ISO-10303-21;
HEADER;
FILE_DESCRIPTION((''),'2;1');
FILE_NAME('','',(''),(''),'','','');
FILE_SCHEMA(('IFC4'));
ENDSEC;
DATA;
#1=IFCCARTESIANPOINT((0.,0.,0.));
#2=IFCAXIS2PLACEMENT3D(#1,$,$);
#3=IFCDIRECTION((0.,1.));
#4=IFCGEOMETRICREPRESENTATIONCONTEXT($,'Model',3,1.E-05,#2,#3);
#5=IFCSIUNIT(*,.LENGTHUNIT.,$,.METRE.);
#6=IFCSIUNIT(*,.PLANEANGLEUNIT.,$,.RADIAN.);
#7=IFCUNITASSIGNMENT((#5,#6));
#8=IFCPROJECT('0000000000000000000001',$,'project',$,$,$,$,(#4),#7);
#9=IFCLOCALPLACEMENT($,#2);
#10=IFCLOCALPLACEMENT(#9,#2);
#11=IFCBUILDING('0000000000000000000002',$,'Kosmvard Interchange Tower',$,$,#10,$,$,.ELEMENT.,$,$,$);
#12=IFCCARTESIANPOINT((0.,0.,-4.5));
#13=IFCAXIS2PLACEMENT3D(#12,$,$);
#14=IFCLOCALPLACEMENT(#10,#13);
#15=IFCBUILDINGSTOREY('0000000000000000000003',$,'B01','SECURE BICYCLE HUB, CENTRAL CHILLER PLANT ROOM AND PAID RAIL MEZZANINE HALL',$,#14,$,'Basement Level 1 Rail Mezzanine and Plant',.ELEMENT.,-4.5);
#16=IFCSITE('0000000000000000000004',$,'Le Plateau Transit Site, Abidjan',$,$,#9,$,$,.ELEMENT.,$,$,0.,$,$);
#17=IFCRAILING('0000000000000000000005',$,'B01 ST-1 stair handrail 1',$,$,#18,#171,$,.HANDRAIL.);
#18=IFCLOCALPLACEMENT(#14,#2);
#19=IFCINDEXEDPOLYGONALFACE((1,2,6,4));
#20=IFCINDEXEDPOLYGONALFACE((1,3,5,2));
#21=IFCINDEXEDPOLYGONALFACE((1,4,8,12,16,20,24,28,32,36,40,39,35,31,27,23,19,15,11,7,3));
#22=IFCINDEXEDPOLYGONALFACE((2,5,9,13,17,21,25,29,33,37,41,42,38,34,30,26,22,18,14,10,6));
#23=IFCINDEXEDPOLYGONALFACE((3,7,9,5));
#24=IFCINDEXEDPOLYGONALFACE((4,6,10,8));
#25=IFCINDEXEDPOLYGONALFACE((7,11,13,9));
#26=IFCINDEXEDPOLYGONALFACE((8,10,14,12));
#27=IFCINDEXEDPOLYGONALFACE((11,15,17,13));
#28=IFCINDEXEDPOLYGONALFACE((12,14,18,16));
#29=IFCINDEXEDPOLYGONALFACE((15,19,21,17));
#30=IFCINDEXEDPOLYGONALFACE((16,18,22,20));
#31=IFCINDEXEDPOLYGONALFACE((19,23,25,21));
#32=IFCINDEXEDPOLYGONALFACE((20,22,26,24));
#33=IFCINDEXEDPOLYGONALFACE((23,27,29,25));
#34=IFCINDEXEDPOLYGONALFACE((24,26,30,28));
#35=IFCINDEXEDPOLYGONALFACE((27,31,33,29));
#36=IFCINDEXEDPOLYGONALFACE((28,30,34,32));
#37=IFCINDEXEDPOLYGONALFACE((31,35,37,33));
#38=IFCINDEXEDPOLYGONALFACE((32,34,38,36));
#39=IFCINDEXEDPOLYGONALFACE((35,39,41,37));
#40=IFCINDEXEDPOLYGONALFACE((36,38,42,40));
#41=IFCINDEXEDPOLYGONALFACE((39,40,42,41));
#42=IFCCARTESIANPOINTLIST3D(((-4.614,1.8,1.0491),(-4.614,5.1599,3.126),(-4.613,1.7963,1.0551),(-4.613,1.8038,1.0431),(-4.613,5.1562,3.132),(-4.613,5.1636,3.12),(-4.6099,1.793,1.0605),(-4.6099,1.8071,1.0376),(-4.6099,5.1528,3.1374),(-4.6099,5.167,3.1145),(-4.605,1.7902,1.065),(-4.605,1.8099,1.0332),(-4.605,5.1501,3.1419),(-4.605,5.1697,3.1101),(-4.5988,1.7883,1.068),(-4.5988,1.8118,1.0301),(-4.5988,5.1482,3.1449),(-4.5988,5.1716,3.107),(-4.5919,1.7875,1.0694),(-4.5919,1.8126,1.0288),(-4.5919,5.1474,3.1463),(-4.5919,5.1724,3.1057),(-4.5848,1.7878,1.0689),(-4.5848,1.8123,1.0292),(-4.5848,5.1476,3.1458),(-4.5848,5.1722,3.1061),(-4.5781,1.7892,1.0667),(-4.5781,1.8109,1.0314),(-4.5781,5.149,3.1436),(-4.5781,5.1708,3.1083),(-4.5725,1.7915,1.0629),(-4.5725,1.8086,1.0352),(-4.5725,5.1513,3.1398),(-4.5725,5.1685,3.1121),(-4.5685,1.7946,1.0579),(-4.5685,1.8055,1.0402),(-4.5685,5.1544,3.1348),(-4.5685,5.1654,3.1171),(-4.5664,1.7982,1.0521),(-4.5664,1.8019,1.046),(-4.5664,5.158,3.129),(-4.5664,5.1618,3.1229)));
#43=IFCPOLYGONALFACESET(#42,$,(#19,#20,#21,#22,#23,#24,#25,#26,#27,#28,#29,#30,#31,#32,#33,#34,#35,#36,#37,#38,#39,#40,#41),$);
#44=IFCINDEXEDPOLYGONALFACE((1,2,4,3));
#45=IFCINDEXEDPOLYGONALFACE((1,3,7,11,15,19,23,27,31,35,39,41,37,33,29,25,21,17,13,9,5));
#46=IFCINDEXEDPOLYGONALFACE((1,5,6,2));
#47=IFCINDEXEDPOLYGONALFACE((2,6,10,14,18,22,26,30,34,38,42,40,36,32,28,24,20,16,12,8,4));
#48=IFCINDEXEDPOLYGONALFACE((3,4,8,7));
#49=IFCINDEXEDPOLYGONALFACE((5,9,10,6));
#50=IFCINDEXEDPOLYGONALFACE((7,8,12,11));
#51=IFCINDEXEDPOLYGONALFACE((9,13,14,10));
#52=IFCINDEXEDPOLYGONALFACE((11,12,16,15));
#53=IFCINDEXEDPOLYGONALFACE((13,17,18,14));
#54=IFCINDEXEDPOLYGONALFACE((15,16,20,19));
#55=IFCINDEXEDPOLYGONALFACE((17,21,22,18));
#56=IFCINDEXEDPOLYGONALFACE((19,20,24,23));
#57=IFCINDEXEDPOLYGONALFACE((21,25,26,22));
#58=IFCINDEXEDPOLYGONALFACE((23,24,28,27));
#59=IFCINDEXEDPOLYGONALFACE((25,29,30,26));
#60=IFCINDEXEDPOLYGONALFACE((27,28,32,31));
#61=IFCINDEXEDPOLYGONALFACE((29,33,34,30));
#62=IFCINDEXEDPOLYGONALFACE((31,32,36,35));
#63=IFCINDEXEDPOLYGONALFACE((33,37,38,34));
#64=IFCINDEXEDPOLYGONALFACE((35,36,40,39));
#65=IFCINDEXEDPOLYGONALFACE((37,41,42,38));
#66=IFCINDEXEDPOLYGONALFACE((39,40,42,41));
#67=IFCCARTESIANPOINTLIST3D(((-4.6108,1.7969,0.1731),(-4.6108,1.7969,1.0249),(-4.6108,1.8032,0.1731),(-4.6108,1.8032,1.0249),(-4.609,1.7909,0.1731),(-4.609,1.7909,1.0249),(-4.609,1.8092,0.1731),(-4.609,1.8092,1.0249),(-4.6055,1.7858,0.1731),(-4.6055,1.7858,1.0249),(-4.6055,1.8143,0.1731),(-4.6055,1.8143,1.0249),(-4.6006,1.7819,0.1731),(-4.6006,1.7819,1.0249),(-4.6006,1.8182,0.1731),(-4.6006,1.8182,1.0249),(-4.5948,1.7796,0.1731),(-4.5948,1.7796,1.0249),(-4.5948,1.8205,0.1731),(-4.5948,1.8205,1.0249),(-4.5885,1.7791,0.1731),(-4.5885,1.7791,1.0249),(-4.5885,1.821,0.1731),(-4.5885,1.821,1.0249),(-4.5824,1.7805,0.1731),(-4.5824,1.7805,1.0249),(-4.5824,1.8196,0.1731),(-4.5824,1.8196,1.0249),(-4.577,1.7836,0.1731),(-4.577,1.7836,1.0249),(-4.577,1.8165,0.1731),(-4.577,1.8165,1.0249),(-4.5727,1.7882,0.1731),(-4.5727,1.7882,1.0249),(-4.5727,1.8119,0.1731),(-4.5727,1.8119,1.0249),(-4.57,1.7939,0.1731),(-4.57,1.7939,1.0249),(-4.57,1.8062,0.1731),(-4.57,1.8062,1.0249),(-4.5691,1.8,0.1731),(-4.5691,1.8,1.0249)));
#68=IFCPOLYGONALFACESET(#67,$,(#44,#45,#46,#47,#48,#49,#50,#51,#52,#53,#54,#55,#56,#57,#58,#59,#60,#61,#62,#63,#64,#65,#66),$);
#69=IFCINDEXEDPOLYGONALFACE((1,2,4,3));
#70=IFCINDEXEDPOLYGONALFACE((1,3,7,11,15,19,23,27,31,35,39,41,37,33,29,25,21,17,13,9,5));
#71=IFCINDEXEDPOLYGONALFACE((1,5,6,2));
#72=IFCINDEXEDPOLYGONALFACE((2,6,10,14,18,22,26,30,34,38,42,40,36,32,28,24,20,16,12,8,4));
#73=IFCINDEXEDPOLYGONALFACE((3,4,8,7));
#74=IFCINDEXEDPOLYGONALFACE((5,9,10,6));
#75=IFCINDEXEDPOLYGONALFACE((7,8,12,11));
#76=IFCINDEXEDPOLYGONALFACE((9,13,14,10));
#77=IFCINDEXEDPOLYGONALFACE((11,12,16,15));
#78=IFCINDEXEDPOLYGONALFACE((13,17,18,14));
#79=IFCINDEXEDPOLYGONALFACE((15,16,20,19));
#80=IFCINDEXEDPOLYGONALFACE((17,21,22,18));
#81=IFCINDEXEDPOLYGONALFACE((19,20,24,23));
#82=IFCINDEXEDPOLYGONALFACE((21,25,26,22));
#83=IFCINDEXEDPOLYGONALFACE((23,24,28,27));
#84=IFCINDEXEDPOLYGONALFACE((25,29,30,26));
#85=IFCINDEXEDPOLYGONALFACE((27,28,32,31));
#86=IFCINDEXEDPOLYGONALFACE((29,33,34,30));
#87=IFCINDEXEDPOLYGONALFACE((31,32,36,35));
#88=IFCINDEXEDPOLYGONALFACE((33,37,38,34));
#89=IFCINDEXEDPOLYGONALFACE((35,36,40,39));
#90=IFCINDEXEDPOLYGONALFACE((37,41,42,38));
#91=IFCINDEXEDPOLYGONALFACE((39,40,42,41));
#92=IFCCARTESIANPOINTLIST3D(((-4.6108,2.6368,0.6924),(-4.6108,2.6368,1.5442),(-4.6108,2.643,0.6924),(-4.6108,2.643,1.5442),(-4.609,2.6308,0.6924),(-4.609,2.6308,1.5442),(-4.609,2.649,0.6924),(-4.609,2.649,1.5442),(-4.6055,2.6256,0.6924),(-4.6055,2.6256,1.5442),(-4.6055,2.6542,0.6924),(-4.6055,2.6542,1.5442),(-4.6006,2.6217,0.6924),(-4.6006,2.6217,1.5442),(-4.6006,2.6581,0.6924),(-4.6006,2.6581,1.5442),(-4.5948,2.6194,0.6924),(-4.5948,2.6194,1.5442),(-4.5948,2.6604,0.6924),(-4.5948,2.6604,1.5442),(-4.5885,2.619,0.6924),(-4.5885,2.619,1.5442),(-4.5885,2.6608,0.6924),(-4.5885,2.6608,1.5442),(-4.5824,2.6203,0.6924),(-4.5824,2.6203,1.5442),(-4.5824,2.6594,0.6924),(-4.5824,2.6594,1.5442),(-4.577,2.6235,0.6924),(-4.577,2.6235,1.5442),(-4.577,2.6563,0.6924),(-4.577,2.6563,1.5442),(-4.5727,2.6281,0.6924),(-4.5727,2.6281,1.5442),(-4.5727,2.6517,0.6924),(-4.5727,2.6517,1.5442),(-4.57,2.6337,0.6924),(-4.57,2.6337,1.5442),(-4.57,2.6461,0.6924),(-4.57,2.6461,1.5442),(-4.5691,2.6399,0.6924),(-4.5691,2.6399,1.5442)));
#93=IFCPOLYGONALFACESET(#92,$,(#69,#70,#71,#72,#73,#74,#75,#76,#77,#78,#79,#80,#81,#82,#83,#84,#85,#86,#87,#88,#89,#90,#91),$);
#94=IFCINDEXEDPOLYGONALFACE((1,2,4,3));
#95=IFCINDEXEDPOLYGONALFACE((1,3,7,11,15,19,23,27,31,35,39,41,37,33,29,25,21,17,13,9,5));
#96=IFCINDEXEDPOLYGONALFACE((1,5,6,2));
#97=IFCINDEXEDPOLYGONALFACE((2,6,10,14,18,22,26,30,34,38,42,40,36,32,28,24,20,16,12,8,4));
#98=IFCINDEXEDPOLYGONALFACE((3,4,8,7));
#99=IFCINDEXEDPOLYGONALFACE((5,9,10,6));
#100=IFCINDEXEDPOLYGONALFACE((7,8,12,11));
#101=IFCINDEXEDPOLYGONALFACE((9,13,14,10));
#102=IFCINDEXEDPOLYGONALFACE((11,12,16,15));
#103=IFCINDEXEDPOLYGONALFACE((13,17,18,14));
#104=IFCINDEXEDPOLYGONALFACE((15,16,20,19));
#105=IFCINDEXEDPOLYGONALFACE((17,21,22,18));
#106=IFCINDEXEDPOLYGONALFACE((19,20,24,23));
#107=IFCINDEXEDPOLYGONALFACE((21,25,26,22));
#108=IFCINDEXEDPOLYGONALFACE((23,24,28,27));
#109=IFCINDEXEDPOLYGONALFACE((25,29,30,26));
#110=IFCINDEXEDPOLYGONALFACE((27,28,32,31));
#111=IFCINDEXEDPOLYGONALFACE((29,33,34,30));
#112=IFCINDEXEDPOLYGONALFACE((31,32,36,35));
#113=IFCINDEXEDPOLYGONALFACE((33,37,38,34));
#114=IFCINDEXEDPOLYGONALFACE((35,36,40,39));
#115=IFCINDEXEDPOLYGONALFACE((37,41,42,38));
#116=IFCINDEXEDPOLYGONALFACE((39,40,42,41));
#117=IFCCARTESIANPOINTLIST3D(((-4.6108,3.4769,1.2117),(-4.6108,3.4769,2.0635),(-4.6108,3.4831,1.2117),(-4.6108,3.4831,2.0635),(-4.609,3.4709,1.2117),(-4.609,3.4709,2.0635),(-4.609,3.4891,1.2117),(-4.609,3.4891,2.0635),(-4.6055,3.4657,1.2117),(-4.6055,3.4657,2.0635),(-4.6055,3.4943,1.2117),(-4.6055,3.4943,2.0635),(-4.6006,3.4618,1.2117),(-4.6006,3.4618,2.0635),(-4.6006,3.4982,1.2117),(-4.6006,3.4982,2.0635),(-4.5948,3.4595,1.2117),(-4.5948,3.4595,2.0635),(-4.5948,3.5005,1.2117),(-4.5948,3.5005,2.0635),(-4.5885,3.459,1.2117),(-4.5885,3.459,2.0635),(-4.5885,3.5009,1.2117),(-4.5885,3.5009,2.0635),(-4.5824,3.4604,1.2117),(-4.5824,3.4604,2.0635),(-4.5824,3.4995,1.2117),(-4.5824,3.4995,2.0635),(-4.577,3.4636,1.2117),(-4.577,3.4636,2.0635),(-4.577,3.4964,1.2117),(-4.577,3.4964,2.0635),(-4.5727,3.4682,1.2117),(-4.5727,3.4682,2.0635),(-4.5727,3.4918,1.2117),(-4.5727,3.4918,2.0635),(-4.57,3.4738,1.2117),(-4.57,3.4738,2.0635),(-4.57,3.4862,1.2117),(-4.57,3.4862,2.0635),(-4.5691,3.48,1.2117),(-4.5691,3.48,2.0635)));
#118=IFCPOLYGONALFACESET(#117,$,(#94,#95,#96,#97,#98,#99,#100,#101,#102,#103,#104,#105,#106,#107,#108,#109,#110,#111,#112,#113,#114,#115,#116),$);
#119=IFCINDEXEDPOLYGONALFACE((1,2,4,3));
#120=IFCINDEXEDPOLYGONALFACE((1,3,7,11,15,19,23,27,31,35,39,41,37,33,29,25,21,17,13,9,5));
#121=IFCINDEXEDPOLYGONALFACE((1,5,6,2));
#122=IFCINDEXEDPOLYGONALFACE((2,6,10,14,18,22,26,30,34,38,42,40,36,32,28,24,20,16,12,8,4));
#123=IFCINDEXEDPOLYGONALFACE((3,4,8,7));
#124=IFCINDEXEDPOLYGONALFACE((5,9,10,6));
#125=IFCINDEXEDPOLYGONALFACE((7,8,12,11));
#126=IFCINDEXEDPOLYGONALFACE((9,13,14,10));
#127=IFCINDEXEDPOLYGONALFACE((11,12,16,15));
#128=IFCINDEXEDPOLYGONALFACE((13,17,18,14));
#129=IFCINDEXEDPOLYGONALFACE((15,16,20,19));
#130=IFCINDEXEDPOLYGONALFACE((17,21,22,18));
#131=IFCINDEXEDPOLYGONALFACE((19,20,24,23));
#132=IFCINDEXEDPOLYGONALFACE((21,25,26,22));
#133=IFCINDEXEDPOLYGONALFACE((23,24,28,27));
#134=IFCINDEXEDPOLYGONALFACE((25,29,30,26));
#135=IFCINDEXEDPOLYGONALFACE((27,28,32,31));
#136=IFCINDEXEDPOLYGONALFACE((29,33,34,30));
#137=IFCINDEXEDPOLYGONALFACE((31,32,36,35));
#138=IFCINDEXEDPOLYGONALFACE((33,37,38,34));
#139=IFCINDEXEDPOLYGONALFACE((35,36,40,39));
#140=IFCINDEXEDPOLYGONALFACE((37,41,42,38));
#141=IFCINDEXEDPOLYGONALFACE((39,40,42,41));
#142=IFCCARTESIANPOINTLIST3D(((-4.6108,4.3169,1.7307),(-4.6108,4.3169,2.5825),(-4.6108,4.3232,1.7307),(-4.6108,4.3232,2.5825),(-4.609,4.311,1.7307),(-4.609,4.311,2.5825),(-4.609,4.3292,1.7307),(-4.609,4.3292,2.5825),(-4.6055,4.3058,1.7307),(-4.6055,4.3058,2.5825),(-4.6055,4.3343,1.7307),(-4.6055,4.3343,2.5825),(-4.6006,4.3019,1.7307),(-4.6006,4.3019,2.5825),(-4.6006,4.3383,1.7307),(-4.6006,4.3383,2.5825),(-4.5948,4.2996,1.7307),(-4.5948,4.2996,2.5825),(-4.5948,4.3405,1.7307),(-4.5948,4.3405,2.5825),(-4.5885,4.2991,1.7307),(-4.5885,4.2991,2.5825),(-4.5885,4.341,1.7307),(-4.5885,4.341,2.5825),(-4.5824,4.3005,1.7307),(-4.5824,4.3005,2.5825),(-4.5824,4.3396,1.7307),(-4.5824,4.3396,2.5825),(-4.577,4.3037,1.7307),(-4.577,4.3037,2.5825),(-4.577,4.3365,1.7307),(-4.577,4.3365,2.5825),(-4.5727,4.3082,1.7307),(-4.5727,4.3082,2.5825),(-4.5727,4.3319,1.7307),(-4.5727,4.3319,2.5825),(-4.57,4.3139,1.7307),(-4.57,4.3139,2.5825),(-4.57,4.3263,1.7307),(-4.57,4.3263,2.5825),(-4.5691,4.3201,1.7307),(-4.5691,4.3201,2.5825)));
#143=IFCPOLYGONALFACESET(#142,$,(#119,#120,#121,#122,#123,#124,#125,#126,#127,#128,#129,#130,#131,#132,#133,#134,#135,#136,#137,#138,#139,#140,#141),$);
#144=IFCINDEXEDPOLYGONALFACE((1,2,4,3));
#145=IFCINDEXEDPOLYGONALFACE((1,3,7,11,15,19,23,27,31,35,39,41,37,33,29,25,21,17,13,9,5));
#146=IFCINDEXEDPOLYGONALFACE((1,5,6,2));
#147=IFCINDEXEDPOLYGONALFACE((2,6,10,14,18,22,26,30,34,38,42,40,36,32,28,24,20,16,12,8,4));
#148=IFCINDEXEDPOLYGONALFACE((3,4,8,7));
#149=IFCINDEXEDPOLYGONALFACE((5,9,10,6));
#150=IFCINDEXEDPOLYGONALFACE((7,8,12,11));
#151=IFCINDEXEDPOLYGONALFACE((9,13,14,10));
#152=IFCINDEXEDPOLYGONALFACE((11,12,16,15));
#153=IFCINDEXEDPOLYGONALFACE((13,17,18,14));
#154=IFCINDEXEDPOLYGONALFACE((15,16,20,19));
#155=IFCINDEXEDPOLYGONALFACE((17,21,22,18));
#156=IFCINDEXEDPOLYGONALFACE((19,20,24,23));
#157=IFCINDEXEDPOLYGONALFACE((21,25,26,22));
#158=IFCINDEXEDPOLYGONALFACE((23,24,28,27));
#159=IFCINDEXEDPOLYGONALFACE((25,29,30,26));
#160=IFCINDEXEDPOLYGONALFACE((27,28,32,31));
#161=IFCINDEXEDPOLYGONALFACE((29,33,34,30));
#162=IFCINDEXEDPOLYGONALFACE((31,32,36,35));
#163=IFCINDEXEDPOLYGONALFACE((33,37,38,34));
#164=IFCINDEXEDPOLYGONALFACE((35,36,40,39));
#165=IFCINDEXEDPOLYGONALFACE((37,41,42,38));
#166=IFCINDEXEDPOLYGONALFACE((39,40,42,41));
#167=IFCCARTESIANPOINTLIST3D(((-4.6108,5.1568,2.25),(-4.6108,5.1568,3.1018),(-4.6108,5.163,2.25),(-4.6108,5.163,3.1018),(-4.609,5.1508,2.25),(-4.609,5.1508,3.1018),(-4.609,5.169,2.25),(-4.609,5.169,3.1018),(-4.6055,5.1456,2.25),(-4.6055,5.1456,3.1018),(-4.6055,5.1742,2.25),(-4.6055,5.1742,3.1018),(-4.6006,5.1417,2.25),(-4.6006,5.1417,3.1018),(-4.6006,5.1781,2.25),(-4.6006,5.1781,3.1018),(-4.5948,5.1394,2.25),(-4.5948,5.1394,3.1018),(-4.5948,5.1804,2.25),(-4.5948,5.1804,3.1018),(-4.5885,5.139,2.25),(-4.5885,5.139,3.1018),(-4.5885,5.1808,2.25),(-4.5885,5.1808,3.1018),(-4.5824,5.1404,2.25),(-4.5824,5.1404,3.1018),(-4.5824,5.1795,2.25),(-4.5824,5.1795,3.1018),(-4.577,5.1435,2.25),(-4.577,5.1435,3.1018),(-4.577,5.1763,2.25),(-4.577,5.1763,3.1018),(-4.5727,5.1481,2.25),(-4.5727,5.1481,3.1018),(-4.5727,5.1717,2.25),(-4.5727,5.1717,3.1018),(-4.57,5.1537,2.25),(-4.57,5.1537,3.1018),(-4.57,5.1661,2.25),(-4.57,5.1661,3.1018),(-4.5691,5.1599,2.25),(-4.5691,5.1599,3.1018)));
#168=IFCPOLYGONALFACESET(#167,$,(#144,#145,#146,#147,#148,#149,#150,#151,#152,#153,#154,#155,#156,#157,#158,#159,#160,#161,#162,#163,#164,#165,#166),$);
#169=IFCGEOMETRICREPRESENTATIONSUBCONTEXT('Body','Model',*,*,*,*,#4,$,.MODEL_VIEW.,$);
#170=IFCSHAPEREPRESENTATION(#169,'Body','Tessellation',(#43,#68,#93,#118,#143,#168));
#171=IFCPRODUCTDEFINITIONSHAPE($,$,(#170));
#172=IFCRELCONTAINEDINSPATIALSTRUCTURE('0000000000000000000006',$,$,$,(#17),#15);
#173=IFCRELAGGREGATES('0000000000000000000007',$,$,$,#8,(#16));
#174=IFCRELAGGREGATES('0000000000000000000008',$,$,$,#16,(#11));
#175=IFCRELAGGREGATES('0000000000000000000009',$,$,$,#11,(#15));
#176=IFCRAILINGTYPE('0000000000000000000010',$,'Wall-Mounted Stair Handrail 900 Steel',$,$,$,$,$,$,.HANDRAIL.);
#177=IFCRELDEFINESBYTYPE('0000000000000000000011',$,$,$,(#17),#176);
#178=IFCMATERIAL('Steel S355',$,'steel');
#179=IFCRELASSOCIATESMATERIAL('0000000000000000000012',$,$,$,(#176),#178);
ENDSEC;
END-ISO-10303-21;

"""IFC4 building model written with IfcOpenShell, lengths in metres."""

from ifc_helpers import new_model, si_unit, direction, frame, origin, origin_2d, place, context, subcontext, project, spatial, circle, extrude, source, transform, mapped, material, type_object, element, save


model = new_model("IFC4")

# Units and contexts
model_context = context("Model", 3, precision=1e-05, world=origin(), true_north=direction((0.0, 1.0)))
body_context = subcontext(model_context, "Body", "Model", "MODEL_VIEW")
ifc_project = project(units=[si_unit("LENGTHUNIT", "METRE"), si_unit("PLANEANGLEUNIT", "RADIAN")], contexts=[model_context])

# Site, building, storey
site_placement = place(None, origin())
site = spatial("IfcSite", under=ifc_project, at=site_placement, Name="Le Plateau Transit Site, Abidjan", CompositionType="ELEMENT", RefElevation=0.0)
building_placement = place(site_placement, origin())
building = spatial("IfcBuilding", under=site, at=building_placement, Name="Kosmvard Interchange Tower", CompositionType="ELEMENT")
storey_placement = place(building_placement, frame((0.0, 0.0, -4.5)))
storey = spatial("IfcBuildingStorey", under=building, at=storey_placement, Name="B01", Description="SECURE BICYCLE HUB, CENTRAL CHILLER PLANT ROOM AND PAID RAIL MEZZANINE HALL", LongName="Basement Level 1 Rail Mezzanine and Plant", CompositionType="ELEMENT", Elevation=-4.5)

# Railing
ifc_material_1 = material(Name="Steel S355", Category="steel")
railing_type_1 = type_object("IfcRailingType", Name="Wall-Mounted Stair Handrail 900 Steel", PredefinedType="HANDRAIL", material=ifc_material_1)
shared_shape_1 = source(origin(), body_context, "Body", "SweptSolid", [
    extrude(circle(Radius=0.0239, at=origin_2d()), frame((0.0, 0.0, 0.876), z_axis=(0.0, 0.850606, 0.525803), x_axis=(-1.0, 0.0, 0.0)), (0.0, 0.0, 1.0), 3.95),
    extrude(circle(Radius=0.021, at=origin_2d()), origin(), (0.0, 0.0, 1.0), 0.8518),
    extrude(circle(Radius=0.021, at=origin_2d()), frame((0.0, 0.8398, 0.5193)), (0.0, 0.0, 1.0), 0.8518),
    extrude(circle(Radius=0.021, at=origin_2d()), frame((0.0, 1.6799, 1.0386)), (0.0, 0.0, 1.0), 0.8518),
    extrude(circle(Radius=0.021, at=origin_2d()), frame((0.0, 2.52, 1.5576)), (0.0, 0.0, 1.0), 0.8518),
    extrude(circle(Radius=0.021, at=origin_2d()), frame((0.0, 3.3599, 2.0769)), (0.0, 0.0, 1.0), 0.8518),
])
railing_1_placement = place(storey_placement, frame((-4.5901, 1.8, 0.1731)))
element("IfcRailing", 1, at=railing_1_placement, inside=storey, type_object=railing_type_1, Name="B01 ST-1 stair handrail 1", PredefinedType="HANDRAIL", context=body_context, shape_type="MappedRepresentation", body=[
    mapped(shared_shape_1, transform((0.0, 0.0, 0.0), scale=1.0)),
])

save(model, "model.ifc")
